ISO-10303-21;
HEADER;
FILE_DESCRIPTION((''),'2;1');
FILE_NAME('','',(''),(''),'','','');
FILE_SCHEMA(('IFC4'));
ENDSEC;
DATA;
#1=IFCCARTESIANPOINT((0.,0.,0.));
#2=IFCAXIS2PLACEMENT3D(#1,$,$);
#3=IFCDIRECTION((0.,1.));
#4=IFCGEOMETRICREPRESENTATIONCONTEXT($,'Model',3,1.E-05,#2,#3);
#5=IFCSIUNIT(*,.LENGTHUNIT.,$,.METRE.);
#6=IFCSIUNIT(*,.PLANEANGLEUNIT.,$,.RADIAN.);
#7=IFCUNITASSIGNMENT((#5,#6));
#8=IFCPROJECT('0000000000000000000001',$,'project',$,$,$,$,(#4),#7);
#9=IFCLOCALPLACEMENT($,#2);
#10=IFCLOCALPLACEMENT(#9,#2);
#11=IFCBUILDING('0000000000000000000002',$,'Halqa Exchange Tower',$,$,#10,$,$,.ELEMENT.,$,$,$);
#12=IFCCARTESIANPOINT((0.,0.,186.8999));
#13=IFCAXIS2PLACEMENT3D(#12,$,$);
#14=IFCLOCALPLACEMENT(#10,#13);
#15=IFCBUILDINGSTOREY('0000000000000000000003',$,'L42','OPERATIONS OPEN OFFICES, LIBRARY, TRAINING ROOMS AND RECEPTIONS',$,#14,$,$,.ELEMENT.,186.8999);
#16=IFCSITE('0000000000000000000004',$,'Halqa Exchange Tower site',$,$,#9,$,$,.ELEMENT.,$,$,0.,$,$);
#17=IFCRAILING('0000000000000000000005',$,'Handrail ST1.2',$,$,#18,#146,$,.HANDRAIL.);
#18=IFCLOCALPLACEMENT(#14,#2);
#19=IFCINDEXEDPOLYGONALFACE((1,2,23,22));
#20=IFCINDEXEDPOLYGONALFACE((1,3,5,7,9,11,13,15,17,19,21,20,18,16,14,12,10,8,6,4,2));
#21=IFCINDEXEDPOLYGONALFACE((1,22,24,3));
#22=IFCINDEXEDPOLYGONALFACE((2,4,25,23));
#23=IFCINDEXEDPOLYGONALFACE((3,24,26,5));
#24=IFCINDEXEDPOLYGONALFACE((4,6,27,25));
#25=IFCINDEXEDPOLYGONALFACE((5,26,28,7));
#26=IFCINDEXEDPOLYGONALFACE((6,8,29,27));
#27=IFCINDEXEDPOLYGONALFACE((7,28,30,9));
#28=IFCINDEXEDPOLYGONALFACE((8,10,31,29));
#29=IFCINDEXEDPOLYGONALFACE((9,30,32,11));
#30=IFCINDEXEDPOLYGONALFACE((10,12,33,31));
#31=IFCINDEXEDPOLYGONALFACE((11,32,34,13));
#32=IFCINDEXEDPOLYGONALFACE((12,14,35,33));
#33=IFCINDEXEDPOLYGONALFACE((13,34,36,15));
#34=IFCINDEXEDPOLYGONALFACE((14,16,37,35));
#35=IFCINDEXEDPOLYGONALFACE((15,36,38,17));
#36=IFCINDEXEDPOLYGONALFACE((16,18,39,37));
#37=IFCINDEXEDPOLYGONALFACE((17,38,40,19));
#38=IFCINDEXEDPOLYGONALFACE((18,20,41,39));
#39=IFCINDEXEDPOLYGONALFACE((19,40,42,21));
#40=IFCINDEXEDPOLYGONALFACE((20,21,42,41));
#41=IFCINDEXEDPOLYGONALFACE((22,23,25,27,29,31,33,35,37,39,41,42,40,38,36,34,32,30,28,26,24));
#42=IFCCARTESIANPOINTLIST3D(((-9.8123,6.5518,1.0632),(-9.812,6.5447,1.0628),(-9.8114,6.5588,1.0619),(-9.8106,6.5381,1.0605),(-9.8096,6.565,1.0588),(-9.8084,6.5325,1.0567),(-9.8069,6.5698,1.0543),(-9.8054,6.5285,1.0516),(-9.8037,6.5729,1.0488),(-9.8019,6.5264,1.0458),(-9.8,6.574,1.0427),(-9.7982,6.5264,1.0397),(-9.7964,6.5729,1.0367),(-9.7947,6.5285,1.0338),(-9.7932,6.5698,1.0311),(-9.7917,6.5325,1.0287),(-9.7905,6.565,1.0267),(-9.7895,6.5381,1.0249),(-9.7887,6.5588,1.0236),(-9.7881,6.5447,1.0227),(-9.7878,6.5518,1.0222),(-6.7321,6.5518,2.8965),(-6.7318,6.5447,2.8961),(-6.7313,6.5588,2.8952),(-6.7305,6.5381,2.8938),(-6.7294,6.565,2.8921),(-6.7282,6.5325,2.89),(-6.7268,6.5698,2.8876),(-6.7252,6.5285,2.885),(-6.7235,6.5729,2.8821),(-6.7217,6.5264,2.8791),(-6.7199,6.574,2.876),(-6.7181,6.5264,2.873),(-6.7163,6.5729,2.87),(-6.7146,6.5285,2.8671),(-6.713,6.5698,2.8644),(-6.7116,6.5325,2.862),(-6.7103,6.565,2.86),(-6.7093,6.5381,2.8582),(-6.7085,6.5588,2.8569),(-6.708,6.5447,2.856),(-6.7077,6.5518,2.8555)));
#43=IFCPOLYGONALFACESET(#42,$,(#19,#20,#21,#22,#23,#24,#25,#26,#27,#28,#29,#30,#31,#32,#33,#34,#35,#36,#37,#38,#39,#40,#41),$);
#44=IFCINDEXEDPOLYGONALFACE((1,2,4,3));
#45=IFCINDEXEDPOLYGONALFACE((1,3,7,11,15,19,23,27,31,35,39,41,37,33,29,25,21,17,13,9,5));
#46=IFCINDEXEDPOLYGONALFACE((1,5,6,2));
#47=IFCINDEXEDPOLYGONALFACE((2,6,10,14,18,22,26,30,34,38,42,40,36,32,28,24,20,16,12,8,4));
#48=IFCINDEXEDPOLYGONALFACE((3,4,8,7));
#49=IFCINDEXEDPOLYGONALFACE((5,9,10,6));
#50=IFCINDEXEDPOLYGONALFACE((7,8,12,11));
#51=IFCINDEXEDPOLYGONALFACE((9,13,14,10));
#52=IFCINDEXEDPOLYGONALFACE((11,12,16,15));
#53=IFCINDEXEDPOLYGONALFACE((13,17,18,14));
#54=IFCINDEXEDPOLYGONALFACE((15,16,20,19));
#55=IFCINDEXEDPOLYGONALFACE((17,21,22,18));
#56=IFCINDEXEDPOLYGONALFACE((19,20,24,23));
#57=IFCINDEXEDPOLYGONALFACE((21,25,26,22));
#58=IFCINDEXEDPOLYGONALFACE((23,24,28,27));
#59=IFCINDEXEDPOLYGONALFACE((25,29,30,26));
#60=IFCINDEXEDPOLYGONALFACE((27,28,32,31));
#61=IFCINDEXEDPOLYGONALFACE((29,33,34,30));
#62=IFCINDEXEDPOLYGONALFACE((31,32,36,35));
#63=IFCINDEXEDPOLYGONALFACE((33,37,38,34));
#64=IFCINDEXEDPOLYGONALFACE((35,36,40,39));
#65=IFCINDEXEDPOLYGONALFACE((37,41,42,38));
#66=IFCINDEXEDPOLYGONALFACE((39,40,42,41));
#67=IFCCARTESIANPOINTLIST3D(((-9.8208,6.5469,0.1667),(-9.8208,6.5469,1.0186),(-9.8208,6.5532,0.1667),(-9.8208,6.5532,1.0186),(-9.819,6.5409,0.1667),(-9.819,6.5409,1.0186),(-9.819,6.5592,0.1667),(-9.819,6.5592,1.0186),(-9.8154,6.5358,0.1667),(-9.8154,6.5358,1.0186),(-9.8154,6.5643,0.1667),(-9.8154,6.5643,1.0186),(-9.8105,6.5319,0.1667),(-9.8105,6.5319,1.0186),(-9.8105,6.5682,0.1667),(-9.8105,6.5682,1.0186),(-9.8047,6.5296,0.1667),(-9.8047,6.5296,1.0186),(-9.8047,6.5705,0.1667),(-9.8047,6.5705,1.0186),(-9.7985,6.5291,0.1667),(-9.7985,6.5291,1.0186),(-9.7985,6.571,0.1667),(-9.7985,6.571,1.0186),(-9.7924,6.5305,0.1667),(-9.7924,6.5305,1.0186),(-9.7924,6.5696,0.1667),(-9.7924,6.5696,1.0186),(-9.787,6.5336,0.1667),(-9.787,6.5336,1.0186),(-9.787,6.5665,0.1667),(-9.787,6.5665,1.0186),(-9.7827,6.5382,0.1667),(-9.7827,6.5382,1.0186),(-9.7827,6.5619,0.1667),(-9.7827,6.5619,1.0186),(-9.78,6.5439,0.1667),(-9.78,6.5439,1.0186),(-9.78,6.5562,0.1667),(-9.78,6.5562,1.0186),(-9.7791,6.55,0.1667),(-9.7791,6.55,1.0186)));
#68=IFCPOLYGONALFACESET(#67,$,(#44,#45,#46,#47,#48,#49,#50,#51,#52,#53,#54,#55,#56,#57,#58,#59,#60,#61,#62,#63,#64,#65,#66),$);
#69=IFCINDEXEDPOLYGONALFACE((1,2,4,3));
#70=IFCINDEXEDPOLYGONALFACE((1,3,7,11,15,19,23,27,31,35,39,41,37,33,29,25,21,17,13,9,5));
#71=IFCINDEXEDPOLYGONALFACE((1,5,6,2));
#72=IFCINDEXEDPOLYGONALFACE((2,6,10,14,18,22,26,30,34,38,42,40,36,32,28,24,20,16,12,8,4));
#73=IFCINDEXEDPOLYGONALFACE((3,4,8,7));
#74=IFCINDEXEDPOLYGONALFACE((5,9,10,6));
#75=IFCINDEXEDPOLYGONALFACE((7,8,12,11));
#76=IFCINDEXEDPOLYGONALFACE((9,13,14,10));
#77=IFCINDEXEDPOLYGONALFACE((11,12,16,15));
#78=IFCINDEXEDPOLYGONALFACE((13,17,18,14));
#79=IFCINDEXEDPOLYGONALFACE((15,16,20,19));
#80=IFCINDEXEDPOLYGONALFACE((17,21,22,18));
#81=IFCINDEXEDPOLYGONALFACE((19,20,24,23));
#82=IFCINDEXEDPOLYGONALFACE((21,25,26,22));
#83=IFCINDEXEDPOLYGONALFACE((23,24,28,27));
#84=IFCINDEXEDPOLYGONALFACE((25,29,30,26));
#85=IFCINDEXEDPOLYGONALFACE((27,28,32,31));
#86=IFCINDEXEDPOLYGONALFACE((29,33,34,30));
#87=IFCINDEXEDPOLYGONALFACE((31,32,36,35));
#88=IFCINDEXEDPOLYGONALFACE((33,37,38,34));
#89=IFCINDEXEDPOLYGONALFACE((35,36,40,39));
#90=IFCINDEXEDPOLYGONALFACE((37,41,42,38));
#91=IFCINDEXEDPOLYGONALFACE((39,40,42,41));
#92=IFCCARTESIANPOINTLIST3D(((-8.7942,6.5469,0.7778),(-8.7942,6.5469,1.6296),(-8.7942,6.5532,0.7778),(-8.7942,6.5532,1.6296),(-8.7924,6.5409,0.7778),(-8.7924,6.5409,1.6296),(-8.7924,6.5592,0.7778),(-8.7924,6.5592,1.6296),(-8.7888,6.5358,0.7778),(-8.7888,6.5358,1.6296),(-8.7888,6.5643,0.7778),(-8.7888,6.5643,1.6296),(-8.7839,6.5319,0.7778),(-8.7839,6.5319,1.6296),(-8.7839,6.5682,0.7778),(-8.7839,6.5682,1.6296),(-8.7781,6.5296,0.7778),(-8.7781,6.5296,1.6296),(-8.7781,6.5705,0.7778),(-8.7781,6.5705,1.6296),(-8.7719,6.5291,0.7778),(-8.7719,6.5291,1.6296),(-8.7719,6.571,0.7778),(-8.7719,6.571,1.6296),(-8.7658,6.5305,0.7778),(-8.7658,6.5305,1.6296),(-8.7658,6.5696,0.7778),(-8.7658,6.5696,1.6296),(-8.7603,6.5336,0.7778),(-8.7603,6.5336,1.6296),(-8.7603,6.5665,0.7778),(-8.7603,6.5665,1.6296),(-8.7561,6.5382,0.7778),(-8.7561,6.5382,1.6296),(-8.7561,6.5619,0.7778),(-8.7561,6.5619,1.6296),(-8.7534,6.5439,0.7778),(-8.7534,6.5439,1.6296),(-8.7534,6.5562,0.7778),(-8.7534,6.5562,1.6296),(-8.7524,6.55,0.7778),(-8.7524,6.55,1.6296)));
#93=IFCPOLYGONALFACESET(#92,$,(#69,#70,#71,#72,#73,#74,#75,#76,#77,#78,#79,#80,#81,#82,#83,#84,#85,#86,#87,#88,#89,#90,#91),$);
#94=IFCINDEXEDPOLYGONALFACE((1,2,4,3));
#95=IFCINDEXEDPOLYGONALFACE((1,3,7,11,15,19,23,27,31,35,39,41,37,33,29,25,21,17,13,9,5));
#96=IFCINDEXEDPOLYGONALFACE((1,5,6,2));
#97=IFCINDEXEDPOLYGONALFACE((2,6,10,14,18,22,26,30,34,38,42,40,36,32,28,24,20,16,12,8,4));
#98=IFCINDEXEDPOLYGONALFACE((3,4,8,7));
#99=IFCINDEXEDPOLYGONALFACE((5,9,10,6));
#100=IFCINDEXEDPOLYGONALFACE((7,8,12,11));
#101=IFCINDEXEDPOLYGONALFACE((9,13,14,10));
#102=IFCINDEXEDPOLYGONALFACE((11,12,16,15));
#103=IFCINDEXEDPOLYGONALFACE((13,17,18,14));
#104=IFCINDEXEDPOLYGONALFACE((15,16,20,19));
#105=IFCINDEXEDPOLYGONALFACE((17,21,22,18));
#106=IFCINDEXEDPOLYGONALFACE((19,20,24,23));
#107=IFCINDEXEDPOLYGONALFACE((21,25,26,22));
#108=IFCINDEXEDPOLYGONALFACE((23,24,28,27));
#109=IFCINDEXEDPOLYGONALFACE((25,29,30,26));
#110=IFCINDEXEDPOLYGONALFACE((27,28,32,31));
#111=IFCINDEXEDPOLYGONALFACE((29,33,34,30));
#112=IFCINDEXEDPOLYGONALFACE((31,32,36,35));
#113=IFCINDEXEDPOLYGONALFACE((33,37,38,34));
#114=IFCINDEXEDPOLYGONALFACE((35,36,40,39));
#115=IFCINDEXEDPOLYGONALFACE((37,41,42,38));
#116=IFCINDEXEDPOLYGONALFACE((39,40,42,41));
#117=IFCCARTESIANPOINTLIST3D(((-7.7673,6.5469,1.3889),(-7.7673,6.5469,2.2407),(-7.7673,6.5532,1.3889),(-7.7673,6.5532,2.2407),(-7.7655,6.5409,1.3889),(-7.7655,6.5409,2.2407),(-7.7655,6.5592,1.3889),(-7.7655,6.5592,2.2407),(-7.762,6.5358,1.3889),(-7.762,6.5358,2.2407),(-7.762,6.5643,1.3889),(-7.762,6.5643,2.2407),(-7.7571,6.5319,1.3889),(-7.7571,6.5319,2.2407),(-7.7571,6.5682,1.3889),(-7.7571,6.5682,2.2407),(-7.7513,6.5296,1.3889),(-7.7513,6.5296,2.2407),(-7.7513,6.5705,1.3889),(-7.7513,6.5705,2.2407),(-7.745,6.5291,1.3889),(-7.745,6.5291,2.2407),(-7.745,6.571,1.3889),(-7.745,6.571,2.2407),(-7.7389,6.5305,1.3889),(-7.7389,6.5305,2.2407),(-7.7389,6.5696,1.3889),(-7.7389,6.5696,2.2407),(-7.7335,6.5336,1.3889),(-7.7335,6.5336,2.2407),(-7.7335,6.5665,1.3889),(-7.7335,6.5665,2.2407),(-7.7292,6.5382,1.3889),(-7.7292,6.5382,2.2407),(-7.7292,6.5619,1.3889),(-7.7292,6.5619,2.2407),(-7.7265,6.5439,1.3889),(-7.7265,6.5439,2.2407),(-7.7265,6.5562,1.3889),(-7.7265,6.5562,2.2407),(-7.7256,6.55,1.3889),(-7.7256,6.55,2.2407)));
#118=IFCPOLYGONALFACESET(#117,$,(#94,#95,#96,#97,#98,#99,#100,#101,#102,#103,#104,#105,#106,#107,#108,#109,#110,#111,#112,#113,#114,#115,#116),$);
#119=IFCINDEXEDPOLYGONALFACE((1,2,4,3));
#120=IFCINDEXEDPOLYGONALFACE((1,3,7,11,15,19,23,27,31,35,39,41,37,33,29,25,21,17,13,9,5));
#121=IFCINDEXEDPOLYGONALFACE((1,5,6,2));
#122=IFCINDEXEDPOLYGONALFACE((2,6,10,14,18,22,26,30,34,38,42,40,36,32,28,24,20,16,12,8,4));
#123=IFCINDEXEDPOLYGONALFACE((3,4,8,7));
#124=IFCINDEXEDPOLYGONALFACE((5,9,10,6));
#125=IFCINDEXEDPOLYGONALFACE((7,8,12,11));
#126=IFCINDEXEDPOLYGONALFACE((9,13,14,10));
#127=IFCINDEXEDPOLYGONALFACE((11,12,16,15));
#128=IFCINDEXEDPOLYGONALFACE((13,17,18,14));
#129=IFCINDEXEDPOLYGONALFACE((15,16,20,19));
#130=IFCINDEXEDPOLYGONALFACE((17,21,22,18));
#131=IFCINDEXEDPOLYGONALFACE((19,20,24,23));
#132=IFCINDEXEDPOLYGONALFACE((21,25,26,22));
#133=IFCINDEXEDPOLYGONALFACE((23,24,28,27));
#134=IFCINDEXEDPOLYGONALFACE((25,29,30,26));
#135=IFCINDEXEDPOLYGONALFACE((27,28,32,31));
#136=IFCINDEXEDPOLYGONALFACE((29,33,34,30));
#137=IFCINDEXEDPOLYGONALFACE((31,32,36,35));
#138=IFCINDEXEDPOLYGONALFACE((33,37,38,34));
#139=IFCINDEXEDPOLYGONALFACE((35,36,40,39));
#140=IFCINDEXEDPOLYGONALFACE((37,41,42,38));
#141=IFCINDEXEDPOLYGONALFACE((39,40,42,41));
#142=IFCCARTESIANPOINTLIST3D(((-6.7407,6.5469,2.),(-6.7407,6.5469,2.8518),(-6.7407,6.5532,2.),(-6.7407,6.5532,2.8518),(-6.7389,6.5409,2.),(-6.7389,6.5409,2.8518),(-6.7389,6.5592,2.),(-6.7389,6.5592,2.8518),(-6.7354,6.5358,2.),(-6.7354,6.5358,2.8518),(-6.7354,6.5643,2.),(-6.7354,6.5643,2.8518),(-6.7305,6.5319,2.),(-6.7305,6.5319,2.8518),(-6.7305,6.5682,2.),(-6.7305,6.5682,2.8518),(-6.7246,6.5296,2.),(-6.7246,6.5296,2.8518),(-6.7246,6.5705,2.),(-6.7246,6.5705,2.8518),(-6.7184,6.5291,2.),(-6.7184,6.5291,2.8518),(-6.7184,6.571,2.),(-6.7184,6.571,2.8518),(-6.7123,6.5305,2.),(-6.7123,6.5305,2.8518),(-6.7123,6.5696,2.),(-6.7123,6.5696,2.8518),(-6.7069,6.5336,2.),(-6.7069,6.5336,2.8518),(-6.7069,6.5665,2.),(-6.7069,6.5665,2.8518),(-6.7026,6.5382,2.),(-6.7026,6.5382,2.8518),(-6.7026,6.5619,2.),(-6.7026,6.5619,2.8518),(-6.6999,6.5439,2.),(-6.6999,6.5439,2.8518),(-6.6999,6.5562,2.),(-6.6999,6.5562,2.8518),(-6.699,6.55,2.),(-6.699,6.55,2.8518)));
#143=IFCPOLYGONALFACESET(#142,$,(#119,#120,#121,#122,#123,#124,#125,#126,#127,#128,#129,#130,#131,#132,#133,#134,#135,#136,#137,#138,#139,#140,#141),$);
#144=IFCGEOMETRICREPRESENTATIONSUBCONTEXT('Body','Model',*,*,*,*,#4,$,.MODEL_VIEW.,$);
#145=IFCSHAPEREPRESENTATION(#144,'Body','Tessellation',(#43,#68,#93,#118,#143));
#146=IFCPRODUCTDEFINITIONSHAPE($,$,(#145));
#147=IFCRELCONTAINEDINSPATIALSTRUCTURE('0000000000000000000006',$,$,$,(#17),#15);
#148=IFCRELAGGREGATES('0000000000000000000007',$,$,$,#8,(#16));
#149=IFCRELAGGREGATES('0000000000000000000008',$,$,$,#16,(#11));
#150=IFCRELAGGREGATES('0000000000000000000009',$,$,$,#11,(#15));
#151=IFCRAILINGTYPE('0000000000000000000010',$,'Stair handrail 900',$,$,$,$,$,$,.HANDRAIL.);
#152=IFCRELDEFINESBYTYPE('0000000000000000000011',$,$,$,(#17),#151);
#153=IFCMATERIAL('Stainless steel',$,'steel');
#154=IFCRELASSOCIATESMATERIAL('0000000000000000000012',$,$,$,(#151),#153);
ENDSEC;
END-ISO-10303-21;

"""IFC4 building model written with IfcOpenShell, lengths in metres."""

from ifc_helpers import new_model, si_unit, direction, frame, origin, origin_2d, place, context, subcontext, project, spatial, circle, extrude, material, type_object, element, save


model = new_model("IFC4")

# Units and contexts
model_context = context("Model", 3, precision=1e-05, world=origin(), true_north=direction((0.0, 1.0)))
body_context = subcontext(model_context, "Body", "Model", "MODEL_VIEW")
ifc_project = project(units=[si_unit("LENGTHUNIT", "METRE"), si_unit("PLANEANGLEUNIT", "RADIAN")], contexts=[model_context])

# Site, building, storey
site_placement = place(None, origin())
site = spatial("IfcSite", under=ifc_project, at=site_placement, Name="Halqa Exchange Tower site", CompositionType="ELEMENT", RefElevation=0.0)
building_placement = place(site_placement, origin())
building = spatial("IfcBuilding", under=site, at=building_placement, Name="Halqa Exchange Tower", CompositionType="ELEMENT")
storey_placement = place(building_placement, frame((0.0, 0.0, 186.8999)))
storey = spatial("IfcBuildingStorey", under=building, at=storey_placement, Name="L42", Description="OPERATIONS OPEN OFFICES, LIBRARY, TRAINING ROOMS AND RECEPTIONS", CompositionType="ELEMENT", Elevation=186.8999)

# Shared definitions
ifc_material_1 = material(Name="Stainless steel", Category="steel")

# Railing
railing_type_1 = type_object("IfcRailingType", Name="Stair handrail 900", PredefinedType="HANDRAIL", material=ifc_material_1)
railing_1_placement = place(storey_placement, frame((-9.8, 6.55, 0.1667)))
element("IfcRailing", 1, at=railing_1_placement, inside=storey, type_object=railing_type_1, Name="Handrail ST1.2", PredefinedType="HANDRAIL", context=body_context, shape_type="SweptSolid", body=[
    extrude(circle(Radius=0.0239, at=origin_2d()), frame((0.0, 0.0, 0.876), z_axis=(0.859309, 0.0, 0.511458), x_axis=(0.0, 1.0, 0.0)), (0.0, 0.0, 1.0), 3.5845),
    extrude(circle(Radius=0.021, at=origin_2d()), origin(), (0.0, 0.0, 1.0), 0.8518),
    extrude(circle(Radius=0.021, at=origin_2d()), frame((1.0266, 0.0, 0.6111)), (0.0, 0.0, 1.0), 0.8518),
    extrude(circle(Radius=0.021, at=origin_2d()), frame((2.0535, 0.0, 1.2222)), (0.0, 0.0, 1.0), 0.8518),
    extrude(circle(Radius=0.021, at=origin_2d()), frame((3.0801, 0.0, 1.8333)), (0.0, 0.0, 1.0), 0.8518),
])

save(model, "model.ifc")
